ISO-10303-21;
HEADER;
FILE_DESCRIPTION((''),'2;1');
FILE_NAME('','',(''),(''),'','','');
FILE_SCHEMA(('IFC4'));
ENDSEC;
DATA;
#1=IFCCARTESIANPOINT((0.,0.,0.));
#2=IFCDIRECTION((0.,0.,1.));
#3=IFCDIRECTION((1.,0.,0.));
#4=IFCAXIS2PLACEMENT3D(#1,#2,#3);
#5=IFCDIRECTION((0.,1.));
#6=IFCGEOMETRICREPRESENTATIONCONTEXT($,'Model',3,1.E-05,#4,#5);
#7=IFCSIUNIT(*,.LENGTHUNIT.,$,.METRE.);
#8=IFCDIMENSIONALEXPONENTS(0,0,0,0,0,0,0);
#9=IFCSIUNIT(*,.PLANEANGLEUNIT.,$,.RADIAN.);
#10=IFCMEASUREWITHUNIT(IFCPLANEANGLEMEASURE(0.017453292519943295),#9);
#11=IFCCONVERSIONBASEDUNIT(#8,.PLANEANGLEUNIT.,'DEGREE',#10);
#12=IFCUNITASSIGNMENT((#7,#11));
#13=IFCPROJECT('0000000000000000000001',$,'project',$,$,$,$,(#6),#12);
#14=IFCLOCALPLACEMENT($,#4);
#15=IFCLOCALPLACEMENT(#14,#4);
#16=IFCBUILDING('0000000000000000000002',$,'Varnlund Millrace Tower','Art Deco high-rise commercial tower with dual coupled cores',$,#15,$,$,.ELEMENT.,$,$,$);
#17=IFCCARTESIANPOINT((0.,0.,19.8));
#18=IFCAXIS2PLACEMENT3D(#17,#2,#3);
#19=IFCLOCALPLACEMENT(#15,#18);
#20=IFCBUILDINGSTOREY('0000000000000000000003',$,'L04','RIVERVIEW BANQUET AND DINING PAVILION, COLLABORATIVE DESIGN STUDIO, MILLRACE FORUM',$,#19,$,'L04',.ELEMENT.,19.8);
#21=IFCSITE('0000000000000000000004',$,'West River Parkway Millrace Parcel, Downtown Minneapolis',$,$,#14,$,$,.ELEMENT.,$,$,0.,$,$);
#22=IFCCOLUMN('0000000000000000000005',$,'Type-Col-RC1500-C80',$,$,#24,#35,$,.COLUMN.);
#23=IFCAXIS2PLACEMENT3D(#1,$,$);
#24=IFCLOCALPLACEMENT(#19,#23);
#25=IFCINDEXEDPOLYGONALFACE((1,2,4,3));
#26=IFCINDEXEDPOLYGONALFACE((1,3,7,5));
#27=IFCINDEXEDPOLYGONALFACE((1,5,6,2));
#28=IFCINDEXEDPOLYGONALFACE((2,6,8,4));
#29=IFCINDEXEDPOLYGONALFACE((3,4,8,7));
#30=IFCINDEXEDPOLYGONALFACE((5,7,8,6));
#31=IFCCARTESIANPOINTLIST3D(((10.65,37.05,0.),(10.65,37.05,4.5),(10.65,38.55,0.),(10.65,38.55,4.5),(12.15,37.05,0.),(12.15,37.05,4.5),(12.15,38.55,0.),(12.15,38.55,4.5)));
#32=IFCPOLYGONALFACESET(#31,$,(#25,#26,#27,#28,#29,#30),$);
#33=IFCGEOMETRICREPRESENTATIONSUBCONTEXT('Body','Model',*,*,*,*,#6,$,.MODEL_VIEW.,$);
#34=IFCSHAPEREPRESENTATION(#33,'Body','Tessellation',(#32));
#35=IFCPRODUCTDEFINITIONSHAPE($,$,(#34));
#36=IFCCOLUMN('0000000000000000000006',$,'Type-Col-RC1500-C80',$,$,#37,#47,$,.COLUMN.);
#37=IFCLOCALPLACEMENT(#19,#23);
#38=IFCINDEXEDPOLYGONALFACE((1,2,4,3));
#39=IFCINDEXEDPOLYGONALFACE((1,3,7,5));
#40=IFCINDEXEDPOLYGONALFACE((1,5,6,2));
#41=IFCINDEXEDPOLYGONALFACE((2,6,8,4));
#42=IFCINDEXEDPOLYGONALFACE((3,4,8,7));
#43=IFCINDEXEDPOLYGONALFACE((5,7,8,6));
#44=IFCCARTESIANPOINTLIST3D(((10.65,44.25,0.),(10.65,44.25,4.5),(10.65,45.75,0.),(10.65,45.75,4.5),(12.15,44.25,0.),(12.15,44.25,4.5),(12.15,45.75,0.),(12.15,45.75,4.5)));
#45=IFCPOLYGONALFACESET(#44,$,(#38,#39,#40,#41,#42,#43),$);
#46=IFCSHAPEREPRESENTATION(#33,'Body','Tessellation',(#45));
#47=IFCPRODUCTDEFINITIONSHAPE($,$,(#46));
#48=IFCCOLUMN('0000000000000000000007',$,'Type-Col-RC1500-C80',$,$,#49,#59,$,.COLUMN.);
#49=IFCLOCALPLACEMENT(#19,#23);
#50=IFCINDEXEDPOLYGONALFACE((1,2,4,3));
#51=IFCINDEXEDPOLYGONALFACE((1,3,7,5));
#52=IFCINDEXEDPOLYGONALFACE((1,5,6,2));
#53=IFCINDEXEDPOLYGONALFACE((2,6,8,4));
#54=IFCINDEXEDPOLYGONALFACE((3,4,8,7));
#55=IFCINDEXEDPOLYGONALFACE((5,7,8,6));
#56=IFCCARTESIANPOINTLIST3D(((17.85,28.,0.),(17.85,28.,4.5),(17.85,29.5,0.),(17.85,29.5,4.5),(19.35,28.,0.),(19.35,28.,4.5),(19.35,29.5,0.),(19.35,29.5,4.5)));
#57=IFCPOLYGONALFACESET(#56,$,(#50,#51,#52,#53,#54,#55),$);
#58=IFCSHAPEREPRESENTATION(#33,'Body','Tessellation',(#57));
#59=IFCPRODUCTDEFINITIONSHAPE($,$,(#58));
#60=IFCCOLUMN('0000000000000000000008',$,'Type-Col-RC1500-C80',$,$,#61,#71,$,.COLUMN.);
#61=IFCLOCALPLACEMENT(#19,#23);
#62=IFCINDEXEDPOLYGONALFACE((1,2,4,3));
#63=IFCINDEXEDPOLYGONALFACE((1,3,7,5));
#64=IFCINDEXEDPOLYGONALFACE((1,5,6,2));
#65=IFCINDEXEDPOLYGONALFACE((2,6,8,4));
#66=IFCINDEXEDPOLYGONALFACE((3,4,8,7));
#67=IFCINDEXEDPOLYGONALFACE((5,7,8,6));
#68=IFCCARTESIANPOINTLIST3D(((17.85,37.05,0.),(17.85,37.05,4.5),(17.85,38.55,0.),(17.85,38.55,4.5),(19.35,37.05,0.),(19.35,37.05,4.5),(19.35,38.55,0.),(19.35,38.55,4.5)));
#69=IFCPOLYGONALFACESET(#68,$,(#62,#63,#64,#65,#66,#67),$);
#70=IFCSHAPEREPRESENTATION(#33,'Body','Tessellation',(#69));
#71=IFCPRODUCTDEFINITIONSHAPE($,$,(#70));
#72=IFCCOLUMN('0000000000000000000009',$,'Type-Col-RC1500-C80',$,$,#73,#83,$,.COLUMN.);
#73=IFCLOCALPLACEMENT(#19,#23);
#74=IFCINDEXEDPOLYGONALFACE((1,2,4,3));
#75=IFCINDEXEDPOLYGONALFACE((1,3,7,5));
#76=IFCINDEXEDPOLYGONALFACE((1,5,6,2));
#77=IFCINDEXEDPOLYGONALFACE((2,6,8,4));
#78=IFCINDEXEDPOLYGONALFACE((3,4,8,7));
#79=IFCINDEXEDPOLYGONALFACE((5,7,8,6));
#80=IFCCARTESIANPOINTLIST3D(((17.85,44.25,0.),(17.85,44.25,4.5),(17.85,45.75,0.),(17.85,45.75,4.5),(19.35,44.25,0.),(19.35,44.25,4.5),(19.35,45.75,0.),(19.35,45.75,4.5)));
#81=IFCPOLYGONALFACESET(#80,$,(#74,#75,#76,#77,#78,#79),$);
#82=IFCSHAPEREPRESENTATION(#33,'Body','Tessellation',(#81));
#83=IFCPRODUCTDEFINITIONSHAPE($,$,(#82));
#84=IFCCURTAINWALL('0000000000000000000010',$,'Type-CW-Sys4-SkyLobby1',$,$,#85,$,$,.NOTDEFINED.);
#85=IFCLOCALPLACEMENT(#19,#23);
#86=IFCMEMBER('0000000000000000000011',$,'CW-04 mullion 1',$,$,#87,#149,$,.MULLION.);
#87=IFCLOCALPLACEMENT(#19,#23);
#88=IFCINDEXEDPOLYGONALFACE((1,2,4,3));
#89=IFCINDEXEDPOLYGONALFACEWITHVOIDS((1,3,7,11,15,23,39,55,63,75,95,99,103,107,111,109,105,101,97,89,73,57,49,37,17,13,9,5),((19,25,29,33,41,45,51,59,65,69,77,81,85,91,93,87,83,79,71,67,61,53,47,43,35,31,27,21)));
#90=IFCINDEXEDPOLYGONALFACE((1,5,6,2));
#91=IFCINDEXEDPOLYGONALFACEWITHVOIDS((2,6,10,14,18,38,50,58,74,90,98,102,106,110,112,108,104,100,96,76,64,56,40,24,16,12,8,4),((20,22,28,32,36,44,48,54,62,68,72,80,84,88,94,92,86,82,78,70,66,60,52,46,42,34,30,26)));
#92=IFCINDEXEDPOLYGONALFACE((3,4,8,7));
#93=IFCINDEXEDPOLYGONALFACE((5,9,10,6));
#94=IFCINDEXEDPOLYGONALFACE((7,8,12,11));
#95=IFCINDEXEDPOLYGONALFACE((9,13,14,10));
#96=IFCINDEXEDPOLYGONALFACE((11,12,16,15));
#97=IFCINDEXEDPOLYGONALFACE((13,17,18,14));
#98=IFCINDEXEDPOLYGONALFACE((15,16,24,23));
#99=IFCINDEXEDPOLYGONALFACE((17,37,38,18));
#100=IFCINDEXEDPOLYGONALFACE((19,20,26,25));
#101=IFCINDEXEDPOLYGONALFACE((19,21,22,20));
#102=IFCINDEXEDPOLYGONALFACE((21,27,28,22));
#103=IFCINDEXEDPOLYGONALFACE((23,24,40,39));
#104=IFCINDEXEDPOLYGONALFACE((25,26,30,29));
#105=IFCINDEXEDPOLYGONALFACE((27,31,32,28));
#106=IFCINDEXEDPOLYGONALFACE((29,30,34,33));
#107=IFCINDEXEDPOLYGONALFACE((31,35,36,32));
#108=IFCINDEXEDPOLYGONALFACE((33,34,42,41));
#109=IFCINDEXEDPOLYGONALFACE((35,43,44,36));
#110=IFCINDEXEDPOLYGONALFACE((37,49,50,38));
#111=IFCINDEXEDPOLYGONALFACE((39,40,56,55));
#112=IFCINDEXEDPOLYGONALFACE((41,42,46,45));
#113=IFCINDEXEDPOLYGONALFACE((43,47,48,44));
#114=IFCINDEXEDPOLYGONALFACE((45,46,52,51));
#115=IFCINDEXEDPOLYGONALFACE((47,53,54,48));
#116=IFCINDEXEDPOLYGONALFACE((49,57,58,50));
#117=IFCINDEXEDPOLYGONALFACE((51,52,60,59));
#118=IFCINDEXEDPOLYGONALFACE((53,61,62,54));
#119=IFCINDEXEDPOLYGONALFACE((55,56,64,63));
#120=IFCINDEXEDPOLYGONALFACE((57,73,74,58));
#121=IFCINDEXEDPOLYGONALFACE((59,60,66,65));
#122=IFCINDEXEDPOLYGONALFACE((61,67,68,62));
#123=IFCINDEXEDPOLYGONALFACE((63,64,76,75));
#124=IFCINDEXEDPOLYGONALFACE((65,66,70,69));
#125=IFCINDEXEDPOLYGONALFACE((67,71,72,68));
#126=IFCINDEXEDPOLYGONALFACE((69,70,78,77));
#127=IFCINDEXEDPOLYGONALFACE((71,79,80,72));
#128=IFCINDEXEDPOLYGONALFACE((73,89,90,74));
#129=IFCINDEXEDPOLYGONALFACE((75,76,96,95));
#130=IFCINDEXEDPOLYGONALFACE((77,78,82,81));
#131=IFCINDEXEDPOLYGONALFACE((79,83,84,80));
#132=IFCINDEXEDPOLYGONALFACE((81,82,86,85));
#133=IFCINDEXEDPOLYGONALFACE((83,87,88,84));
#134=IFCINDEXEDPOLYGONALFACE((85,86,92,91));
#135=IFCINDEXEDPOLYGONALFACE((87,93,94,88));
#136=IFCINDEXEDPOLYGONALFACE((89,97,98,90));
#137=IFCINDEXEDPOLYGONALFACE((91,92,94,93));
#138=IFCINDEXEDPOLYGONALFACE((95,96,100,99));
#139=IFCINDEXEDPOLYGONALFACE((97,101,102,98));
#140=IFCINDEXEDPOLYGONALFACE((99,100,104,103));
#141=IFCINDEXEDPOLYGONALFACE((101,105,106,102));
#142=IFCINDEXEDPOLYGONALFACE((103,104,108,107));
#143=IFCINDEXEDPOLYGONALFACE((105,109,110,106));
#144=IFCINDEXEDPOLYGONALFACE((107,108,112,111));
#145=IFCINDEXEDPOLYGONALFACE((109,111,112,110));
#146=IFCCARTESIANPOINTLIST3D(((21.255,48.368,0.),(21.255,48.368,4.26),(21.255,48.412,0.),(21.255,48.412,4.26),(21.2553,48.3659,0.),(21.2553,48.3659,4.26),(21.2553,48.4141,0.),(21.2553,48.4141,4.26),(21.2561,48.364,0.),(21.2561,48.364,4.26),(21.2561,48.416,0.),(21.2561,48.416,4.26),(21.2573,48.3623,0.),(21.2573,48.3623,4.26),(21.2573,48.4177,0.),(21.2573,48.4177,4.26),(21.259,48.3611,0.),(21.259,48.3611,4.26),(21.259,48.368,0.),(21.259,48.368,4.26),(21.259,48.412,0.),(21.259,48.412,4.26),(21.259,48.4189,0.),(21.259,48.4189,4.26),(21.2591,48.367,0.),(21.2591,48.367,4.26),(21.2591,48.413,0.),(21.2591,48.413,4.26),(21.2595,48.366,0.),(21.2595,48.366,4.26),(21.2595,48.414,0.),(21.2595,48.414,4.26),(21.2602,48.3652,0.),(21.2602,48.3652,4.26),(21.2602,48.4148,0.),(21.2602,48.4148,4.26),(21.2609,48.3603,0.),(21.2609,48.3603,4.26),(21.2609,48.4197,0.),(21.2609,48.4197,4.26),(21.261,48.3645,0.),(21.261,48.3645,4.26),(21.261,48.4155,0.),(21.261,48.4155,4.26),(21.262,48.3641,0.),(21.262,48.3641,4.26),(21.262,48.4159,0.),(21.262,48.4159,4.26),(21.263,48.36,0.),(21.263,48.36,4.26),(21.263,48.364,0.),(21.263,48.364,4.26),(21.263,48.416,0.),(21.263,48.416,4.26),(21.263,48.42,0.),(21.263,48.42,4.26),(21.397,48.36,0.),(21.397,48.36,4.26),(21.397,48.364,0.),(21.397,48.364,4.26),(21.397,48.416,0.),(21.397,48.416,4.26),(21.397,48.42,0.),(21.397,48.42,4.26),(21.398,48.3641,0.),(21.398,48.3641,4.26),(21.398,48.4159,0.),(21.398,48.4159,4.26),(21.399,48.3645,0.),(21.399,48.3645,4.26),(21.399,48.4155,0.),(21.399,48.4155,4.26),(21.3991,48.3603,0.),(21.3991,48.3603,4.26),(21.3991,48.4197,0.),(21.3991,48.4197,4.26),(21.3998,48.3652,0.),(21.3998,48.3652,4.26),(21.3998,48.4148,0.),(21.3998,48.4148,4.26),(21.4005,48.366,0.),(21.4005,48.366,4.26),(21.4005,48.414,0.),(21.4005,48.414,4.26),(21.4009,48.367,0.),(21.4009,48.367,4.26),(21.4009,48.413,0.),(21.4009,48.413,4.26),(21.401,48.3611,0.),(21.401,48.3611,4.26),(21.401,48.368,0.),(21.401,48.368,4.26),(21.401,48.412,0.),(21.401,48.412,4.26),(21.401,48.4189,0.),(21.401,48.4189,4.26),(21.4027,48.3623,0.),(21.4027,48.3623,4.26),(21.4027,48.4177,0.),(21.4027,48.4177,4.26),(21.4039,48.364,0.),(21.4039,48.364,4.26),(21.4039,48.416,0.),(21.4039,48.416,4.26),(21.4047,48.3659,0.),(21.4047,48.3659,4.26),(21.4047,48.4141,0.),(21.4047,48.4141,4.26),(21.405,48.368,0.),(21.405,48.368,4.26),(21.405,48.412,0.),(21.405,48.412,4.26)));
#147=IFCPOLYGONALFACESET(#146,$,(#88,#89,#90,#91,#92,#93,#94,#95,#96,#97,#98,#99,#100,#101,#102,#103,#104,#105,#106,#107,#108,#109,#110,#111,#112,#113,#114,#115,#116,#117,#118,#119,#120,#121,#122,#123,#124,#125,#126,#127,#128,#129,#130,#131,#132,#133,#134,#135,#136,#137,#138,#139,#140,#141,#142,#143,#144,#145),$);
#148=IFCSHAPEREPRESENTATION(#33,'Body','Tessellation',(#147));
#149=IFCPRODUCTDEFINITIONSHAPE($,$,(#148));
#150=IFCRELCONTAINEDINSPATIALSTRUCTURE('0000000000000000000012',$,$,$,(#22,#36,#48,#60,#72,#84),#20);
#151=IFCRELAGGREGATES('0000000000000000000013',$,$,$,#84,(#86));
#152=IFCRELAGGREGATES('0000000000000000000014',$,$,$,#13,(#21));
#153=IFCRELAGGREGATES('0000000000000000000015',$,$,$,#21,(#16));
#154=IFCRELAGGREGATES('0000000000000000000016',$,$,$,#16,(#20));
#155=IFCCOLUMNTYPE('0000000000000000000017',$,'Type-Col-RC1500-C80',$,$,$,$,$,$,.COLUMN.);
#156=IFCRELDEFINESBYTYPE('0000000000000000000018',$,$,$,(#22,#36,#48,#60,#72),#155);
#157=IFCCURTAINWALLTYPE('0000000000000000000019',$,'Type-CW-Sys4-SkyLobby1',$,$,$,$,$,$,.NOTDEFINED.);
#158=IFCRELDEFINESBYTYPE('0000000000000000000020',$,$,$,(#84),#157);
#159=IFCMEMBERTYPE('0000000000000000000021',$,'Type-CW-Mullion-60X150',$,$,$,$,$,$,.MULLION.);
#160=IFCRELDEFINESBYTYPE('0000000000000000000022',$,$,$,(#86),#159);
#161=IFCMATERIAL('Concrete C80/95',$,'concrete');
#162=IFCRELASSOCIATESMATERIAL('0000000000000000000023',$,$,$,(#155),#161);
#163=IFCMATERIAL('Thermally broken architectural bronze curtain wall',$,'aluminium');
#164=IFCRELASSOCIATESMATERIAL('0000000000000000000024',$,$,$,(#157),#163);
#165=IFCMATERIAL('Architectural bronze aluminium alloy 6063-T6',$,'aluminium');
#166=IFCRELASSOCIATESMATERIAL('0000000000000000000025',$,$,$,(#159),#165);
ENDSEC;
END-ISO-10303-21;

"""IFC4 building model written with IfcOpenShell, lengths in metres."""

from ifc_helpers import new_model, entity, si_unit, converted_unit, direction, frame, origin_with_axes, origin_2d_with_axis, place, context, subcontext, project, spatial, rectangle, hollow_rectangle, extrude, material, material_profile, profile_set, type_object, element, aggregate, save


model = new_model("IFC4")

# Units and contexts
model_context = context("Model", 3, precision=1e-05, world=origin_with_axes(), true_north=direction((0.0, 1.0)))
body_context = subcontext(model_context, "Body", "Model", "MODEL_VIEW")
ifc_project = project(units=[si_unit("LENGTHUNIT", "METRE"), converted_unit("PLANEANGLEUNIT", "DEGREE", entity("IfcPlaneAngleMeasure", 0.017453292519943295), si_unit("PLANEANGLEUNIT", "RADIAN"), dimensions=[0, 0, 0, 0, 0, 0, 0])], contexts=[model_context])

# Site, building, storey
site_placement = place(None, origin_with_axes())
site = spatial("IfcSite", under=ifc_project, at=site_placement, Name="West River Parkway Millrace Parcel, Downtown Minneapolis", CompositionType="ELEMENT", RefElevation=0.0)
building_placement = place(site_placement, origin_with_axes())
building = spatial("IfcBuilding", under=site, at=building_placement, Name="Varnlund Millrace Tower", Description="Art Deco high-rise commercial tower with dual coupled cores", CompositionType="ELEMENT")
storey_placement = place(building_placement, frame((0.0, 0.0, 19.8), z_axis=(0.0, 0.0, 1.0), x_axis=(1.0, 0.0, 0.0)))
storey = spatial("IfcBuildingStorey", under=building, at=storey_placement, Name="L04", Description="RIVERVIEW BANQUET AND DINING PAVILION, COLLABORATIVE DESIGN STUDIO, MILLRACE FORUM", LongName="L04", CompositionType="ELEMENT", Elevation=19.8)

# Columns
ifc_material_1 = material(Name="Concrete C80/95", Category="concrete")
ifc_material_profile_1 = material_profile(ifc_material_1, rectangle(XDim=1.5, YDim=1.5, at=origin_2d_with_axis()), Name="Concrete C80/95")
ifc_profile_set_1 = profile_set([ifc_material_profile_1], Name="Concrete C80/95")
column_type = type_object("IfcColumnType", Name="Type-Col-RC1500-C80", PredefinedType="COLUMN", material=ifc_profile_set_1)
for number, where, z_axis, x_axis, name in (
    (1, (11.4, 37.8, 0.0), (0.0, 0.0, 1.0), (1.0, 0.0, 0.0), "Type-Col-RC1500-C80"),
    (2, (11.4, 45.0, 0.0), (0.0, 0.0, 1.0), (1.0, 0.0, 0.0), "Type-Col-RC1500-C80"),
    (3, (18.6, 28.75, 0.0), (0.0, 0.0, 1.0), (1.0, 0.0, 0.0), "Type-Col-RC1500-C80"),
    (4, (18.6, 37.8, 0.0), (0.0, 0.0, 1.0), (1.0, 0.0, 0.0), "Type-Col-RC1500-C80"),
    (5, (18.6, 45.0, 0.0), (0.0, 0.0, 1.0), (1.0, 0.0, 0.0), "Type-Col-RC1500-C80"),
):
    element("IfcColumn", number, at=place(storey_placement, frame(where, z_axis=z_axis, x_axis=x_axis)), inside=storey, type_object=column_type, Name=name, PredefinedType="COLUMN", context=body_context, shape_type="SweptSolid", body=[
        extrude(rectangle(XDim=1.5, YDim=1.5, at=origin_2d_with_axis()), origin_with_axes(), (0.0, 0.0, 1.0), 4.5),
    ])

# Curtain wall, member
ifc_material_2 = material(Name="Thermally broken architectural bronze curtain wall", Category="aluminium")
curtain_wall_type = type_object("IfcCurtainWallType", Name="Type-CW-Sys4-SkyLobby1", PredefinedType="NOTDEFINED", material=ifc_material_2)
curtain_wall_placement = place(storey_placement, frame((21.3, 48.39, 0.0), z_axis=(0.0, 0.0, 1.0), x_axis=(1.0, 0.0, 0.0)))
curtain_wall = element("IfcCurtainWall", 6, at=curtain_wall_placement, inside=storey, type_object=curtain_wall_type, Name="Type-CW-Sys4-SkyLobby1", PredefinedType="NOTDEFINED")
ifc_material_3 = material(Name="Architectural bronze aluminium alloy 6063-T6", Category="aluminium")
ifc_material_profile_2 = material_profile(ifc_material_3, hollow_rectangle(XDim=0.06, YDim=0.15, WallThickness=0.004, InnerFilletRadius=0.004, OuterFilletRadius=0.008, at=origin_2d_with_axis()), Name="Architectural bronze aluminium alloy 6063-T6")
ifc_profile_set_2 = profile_set([ifc_material_profile_2], Name="Architectural bronze aluminium alloy 6063-T6")
member_type_1 = type_object("IfcMemberType", Name="Type-CW-Mullion-60X150", PredefinedType="MULLION", material=ifc_profile_set_2)
member_1_placement = place(storey_placement, frame((21.33, 48.39, 0.0), z_axis=(0.0, 0.0, 1.0), x_axis=(0.0, 1.0, 0.0)))
member_1 = element("IfcMember", 7, at=member_1_placement, type_object=member_type_1, Name="CW-04 mullion 1", PredefinedType="MULLION", context=body_context, shape_type="SweptSolid", body=[
    extrude(hollow_rectangle(XDim=0.06, YDim=0.15, WallThickness=0.004, InnerFilletRadius=0.004, OuterFilletRadius=0.008, at=origin_2d_with_axis()), origin_with_axes(), (0.0, 0.0, 1.0), 4.26),
])
aggregate(curtain_wall, [member_1])

save(model, "model.ifc")
